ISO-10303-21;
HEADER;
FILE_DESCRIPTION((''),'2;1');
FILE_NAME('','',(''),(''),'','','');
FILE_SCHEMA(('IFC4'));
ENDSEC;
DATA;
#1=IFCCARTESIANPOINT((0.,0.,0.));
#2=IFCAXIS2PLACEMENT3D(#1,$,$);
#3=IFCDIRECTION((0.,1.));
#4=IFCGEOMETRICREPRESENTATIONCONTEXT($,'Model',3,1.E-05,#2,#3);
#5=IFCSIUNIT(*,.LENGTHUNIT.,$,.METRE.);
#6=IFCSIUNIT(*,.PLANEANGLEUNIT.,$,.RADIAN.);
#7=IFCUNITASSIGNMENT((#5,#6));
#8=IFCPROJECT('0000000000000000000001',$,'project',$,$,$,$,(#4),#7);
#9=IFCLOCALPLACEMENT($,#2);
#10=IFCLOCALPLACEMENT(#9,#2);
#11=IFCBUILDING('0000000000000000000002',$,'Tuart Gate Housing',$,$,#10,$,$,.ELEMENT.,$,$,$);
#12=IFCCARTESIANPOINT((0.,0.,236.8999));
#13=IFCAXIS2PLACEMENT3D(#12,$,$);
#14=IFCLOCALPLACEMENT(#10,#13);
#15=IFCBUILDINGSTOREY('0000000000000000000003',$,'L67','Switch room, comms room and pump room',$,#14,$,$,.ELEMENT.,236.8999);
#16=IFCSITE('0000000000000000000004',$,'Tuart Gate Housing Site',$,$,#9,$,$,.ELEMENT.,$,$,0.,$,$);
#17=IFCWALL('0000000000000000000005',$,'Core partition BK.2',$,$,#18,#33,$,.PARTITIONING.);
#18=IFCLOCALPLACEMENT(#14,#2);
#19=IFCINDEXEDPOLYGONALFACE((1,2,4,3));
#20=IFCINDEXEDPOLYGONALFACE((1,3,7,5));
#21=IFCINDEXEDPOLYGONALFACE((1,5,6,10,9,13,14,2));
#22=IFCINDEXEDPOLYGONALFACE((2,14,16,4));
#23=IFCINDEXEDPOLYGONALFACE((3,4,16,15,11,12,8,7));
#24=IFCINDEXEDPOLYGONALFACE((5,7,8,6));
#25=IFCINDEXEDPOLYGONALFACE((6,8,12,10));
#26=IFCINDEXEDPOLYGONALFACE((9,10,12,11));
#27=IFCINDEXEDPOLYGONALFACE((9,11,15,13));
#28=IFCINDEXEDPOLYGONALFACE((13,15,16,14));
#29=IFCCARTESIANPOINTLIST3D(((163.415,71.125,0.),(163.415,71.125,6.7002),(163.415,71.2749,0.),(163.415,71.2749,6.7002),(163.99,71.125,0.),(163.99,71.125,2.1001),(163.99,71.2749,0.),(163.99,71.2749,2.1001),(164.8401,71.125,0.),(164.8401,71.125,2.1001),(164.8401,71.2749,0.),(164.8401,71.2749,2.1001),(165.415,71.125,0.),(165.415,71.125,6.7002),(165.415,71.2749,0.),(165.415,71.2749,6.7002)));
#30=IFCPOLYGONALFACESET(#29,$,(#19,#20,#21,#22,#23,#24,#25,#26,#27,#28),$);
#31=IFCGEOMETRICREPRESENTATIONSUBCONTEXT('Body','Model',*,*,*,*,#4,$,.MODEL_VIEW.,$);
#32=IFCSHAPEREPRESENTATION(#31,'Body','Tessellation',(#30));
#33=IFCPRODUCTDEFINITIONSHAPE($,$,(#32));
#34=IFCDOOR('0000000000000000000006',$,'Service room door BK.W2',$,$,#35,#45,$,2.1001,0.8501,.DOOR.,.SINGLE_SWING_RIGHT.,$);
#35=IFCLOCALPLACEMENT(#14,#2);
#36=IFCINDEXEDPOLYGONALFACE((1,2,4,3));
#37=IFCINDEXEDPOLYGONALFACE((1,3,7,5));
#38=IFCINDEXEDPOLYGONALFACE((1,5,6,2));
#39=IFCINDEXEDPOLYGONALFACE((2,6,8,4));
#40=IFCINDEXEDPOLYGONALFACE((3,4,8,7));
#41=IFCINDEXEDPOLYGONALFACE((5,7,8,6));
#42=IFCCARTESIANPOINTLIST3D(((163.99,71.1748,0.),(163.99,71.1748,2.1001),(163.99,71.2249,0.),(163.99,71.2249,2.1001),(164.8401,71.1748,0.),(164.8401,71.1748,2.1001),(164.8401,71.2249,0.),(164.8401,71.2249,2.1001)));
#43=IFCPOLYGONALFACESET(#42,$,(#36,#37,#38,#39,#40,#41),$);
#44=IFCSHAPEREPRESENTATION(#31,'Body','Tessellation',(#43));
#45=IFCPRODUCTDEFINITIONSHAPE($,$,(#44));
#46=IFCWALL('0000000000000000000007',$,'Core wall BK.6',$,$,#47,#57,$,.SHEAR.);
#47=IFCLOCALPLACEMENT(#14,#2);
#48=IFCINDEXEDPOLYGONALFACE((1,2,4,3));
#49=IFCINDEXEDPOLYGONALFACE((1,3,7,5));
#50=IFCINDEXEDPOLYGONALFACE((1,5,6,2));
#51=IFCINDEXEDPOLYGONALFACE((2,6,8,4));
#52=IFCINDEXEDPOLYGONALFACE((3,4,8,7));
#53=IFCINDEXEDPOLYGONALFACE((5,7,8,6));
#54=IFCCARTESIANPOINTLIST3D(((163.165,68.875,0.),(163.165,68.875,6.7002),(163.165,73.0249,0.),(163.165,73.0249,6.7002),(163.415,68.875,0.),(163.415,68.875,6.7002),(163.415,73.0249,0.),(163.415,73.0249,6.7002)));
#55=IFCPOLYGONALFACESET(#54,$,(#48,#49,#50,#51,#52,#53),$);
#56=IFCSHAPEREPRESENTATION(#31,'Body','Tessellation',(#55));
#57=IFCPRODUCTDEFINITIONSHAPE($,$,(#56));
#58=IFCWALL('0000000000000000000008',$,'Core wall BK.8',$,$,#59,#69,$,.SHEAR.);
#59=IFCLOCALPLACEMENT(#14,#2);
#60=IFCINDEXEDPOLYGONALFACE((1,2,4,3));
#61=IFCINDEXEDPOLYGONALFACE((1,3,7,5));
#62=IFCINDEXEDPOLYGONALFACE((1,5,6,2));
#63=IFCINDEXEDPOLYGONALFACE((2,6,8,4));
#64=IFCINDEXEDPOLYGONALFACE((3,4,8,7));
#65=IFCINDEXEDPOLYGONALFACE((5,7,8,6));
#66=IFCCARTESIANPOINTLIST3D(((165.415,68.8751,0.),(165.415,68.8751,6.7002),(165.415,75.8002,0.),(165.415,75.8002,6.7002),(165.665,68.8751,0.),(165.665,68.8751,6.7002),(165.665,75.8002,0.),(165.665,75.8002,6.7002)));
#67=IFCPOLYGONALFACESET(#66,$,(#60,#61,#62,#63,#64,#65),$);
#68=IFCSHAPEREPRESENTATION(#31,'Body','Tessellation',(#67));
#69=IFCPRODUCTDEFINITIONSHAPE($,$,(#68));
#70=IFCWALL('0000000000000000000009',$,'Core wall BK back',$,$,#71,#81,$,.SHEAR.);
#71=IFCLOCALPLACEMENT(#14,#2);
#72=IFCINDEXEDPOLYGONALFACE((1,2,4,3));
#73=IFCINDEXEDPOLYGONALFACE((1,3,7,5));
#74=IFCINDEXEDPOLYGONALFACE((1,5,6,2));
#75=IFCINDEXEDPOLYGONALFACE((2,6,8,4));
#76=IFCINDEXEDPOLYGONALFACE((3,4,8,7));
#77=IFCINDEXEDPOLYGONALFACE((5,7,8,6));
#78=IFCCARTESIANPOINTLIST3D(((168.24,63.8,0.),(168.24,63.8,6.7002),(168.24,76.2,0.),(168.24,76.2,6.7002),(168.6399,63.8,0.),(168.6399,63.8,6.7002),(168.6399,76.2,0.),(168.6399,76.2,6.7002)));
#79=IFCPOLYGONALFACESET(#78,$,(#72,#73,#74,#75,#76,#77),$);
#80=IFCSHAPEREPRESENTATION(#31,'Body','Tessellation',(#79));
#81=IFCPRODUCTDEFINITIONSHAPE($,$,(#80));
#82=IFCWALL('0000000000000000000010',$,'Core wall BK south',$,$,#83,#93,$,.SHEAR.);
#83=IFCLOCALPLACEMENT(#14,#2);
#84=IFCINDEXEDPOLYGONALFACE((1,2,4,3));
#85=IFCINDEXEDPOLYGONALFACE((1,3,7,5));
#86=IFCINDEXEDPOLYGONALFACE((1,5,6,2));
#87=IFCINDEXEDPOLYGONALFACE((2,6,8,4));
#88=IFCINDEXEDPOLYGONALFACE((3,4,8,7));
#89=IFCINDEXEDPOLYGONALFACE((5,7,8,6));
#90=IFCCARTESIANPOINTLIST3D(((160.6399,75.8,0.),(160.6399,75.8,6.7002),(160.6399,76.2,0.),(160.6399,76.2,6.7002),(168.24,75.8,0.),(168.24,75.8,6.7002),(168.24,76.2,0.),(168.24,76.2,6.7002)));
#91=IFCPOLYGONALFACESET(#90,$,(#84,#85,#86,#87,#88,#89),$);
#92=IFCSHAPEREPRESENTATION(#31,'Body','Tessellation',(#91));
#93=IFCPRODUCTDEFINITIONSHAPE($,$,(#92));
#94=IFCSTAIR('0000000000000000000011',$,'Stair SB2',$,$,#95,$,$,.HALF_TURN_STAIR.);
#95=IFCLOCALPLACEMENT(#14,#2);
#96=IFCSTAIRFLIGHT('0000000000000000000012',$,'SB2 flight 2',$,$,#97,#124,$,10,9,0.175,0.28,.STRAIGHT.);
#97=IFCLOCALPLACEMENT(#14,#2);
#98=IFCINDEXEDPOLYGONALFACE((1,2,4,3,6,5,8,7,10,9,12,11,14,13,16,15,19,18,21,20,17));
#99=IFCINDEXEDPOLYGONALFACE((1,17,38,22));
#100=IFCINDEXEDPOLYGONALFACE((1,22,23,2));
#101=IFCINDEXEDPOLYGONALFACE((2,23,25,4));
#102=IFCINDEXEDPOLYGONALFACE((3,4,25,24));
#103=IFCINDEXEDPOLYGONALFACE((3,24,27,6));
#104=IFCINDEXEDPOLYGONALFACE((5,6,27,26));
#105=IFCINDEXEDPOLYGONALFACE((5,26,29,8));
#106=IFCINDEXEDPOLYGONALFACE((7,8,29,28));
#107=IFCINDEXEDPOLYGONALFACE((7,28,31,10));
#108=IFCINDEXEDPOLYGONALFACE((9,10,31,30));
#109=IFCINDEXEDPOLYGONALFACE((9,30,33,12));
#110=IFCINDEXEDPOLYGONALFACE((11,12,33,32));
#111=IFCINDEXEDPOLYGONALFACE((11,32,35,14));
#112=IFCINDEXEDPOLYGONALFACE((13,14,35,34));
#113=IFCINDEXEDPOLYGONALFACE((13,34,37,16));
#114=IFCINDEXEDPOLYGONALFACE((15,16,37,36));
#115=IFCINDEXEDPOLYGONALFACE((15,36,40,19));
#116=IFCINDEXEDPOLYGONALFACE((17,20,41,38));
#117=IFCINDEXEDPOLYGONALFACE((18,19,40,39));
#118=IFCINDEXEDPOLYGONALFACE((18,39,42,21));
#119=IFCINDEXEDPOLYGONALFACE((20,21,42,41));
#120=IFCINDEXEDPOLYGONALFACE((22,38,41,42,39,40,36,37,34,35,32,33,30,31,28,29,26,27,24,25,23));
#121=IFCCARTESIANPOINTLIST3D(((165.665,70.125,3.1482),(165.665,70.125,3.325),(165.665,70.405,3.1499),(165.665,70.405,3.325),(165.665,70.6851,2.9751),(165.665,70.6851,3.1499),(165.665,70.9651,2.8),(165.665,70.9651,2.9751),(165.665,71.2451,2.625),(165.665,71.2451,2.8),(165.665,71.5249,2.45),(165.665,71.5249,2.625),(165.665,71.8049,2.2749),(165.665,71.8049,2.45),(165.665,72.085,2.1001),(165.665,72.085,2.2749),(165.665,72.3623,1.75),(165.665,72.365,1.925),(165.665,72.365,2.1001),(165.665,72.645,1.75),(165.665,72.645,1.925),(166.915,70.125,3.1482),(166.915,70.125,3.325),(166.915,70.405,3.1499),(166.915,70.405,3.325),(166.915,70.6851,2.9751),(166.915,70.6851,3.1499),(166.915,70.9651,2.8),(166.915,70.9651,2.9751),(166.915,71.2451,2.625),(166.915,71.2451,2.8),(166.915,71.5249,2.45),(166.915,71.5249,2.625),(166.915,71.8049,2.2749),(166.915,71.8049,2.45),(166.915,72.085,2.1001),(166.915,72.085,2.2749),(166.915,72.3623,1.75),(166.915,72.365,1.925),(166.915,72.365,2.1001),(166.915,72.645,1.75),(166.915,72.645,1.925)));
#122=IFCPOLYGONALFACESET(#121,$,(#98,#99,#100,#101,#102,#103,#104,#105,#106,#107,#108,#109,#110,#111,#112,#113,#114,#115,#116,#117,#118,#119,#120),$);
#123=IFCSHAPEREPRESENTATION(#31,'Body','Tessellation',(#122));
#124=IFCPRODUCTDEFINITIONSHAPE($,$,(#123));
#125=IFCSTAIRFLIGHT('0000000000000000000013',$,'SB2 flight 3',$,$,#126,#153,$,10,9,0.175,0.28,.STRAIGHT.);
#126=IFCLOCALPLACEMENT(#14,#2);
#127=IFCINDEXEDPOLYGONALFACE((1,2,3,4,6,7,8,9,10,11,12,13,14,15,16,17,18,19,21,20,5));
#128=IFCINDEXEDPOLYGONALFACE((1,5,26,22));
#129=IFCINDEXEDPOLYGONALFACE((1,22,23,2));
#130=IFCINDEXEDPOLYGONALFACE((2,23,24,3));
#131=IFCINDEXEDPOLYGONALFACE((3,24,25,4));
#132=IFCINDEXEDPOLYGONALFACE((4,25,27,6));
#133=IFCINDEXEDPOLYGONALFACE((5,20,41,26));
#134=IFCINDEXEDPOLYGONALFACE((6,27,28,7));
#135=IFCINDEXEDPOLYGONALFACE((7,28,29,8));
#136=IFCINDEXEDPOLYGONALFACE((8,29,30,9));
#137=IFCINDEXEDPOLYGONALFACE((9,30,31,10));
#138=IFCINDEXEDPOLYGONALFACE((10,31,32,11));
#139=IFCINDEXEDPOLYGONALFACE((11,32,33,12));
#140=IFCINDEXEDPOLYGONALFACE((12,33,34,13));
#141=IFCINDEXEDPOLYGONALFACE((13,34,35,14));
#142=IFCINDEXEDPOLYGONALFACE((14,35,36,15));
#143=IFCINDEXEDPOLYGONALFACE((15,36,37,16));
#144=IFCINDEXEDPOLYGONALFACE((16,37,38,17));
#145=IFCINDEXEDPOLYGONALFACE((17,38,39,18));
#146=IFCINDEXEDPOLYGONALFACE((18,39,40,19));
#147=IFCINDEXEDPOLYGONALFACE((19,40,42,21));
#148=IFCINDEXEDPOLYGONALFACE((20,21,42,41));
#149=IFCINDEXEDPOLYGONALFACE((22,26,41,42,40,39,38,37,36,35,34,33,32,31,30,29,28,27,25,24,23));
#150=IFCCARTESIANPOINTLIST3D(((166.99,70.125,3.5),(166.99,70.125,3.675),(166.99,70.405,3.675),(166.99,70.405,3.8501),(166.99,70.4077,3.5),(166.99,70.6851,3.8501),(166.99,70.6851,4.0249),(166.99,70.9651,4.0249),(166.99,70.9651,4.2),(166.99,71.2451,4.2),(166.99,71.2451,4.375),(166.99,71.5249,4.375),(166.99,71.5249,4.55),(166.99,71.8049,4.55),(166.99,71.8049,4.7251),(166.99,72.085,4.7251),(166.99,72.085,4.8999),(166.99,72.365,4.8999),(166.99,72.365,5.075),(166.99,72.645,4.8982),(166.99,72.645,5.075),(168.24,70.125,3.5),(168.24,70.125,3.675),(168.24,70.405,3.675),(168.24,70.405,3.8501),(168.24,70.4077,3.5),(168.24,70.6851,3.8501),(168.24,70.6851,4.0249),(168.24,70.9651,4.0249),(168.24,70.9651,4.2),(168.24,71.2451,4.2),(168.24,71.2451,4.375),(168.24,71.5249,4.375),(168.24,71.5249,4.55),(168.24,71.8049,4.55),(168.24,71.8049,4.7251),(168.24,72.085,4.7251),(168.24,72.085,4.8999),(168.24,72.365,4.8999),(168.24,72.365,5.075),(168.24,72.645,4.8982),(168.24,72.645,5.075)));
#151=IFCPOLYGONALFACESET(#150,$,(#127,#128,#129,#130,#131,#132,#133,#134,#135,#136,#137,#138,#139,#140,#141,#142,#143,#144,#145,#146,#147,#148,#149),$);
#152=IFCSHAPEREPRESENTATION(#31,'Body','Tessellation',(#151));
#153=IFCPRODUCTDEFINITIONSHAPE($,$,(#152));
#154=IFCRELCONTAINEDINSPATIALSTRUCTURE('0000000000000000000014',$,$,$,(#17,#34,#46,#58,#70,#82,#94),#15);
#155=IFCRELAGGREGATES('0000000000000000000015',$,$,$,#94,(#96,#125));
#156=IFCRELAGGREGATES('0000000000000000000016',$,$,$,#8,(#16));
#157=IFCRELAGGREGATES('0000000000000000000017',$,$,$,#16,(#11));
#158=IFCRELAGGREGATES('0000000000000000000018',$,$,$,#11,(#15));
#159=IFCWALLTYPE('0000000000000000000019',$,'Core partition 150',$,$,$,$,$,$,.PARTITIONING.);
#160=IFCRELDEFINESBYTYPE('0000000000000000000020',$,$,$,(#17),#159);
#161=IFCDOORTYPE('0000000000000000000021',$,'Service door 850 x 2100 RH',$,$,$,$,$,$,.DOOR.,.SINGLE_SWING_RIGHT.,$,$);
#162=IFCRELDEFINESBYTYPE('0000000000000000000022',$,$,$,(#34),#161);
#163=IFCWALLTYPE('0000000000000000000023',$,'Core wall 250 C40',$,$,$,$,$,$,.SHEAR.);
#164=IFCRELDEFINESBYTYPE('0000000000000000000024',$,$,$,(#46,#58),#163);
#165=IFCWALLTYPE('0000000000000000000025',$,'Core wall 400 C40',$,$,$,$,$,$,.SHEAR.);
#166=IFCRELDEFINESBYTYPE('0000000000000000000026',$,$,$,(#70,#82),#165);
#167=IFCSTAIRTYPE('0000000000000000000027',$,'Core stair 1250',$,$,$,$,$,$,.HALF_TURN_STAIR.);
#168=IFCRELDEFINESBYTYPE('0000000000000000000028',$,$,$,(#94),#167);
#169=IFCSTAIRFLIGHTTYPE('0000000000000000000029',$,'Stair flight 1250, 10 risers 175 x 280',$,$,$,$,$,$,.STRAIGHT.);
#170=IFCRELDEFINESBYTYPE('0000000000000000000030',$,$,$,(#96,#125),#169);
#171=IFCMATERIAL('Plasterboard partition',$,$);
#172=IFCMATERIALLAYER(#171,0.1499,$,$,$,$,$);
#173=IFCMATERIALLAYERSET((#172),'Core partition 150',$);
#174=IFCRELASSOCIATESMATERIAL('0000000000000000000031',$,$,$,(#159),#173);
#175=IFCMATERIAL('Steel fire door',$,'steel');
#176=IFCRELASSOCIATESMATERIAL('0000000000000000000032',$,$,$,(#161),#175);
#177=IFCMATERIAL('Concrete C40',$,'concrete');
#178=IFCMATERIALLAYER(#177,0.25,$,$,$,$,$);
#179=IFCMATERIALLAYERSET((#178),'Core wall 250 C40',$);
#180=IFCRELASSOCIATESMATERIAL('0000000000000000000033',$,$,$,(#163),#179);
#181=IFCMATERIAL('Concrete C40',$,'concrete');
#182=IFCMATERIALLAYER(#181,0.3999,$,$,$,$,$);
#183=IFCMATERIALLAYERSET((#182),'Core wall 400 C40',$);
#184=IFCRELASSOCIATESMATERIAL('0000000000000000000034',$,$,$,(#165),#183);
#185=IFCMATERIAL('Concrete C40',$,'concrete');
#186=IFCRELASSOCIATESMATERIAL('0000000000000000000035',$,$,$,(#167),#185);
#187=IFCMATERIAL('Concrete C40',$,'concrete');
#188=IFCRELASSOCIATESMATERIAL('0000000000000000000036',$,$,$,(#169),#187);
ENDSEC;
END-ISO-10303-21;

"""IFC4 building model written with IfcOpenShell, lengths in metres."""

from ifc_helpers import new_model, si_unit, direction, frame, frame_2d, origin, place, context, subcontext, project, spatial, polyline, rectangle, outline, extrude, material, layer, layer_set, type_object, element, fill, aggregate, save


model = new_model("IFC4")

# Units and contexts
model_context = context("Model", 3, precision=1e-05, world=origin(), true_north=direction((0.0, 1.0)))
body_context = subcontext(model_context, "Body", "Model", "MODEL_VIEW")
ifc_project = project(units=[si_unit("LENGTHUNIT", "METRE"), si_unit("PLANEANGLEUNIT", "RADIAN")], contexts=[model_context])

# Site, building, storey
site_placement = place(None, origin())
site = spatial("IfcSite", under=ifc_project, at=site_placement, Name="Tuart Gate Housing Site", CompositionType="ELEMENT", RefElevation=0.0)
building_placement = place(site_placement, origin())
building = spatial("IfcBuilding", under=site, at=building_placement, Name="Tuart Gate Housing", CompositionType="ELEMENT")
storey_placement = place(building_placement, frame((0.0, 0.0, 236.8999)))
storey = spatial("IfcBuildingStorey", under=building, at=storey_placement, Name="L67", Description="Switch room, comms room and pump room", CompositionType="ELEMENT", Elevation=236.8999)

# Wall, opening, door
ifc_material_1 = material(Name="Plasterboard partition")
ifc_layer_1 = layer(ifc_material_1, 0.1499)
ifc_layer_set_1 = layer_set([ifc_layer_1], Name="Core partition 150")
wall_type_1 = type_object("IfcWallType", Name="Core partition 150", PredefinedType="PARTITIONING", material=ifc_layer_set_1)
wall_1_placement = place(storey_placement, frame((163.415, 71.2, 0.0), z_axis=(0.0, 0.0, 1.0), x_axis=(1.0, 0.0, 0.0)))
wall_1 = element("IfcWall", 1, at=wall_1_placement, inside=storey, type_object=wall_type_1, Name="Core partition BK.2", PredefinedType="PARTITIONING", context=body_context, shape_type="SweptSolid", body=[
    extrude(rectangle(XDim=2.0, YDim=0.1499, at=frame_2d((1.0, 0.0))), origin(), (0.0, 0.0, 1.0), 6.7002),
])
opening_placement = place(wall_1_placement, frame((0.575, 0.0, 0.0)))
opening = element("IfcOpeningElement", 2, at=opening_placement, cuts=wall_1, PredefinedType="OPENING", context=body_context, shape_type="SweptSolid", body=[
    extrude(rectangle(XDim=0.8501, YDim=2.1001, at=frame_2d((0.425, 1.05))), frame((0.0, 0.085, 0.0), z_axis=(0.0, -1.0, 0.0), x_axis=(1.0, 0.0, 0.0)), (0.0, 0.0, 1.0), 0.1699),
])
ifc_material_2 = material(Name="Steel fire door", Category="steel")
door_type = type_object("IfcDoorType", Name="Service door 850 x 2100 RH", OperationType="SINGLE_SWING_RIGHT", PredefinedType="DOOR", material=ifc_material_2)
door_placement = place(opening_placement, frame((0.8501, 0.0, 0.0), z_axis=(0.0, 0.0, 1.0), x_axis=(-1.0, 0.0, 0.0)))
door = element("IfcDoor", 3, at=door_placement, inside=storey, type_object=door_type, Name="Service room door BK.W2", OperationType="SINGLE_SWING_RIGHT", OverallHeight=2.1001, OverallWidth=0.8501, PredefinedType="DOOR", context=body_context, shape_type="SweptSolid", body=[
    extrude(rectangle(XDim=0.8501, YDim=2.1001, at=frame_2d((0.425, 1.05))), frame((0.0, 0.0251, 0.0), z_axis=(0.0, -1.0, 0.0), x_axis=(1.0, 0.0, 0.0)), (0.0, 0.0, 1.0), 0.05),
])
fill(opening, door)

# Walls
ifc_material_3 = material(Name="Concrete C40", Category="concrete")
ifc_layer_2 = layer(ifc_material_3, 0.25)
ifc_layer_set_2 = layer_set([ifc_layer_2], Name="Core wall 250 C40")
wall_type_2 = type_object("IfcWallType", Name="Core wall 250 C40", PredefinedType="SHEAR", material=ifc_layer_set_2)
wall_2_placement = place(storey_placement, frame((163.29, 73.0249, 0.0), z_axis=(0.0, 0.0, 1.0), x_axis=(0.0, -1.0, 0.0)))
element("IfcWall", 4, at=wall_2_placement, inside=storey, type_object=wall_type_2, Name="Core wall BK.6", PredefinedType="SHEAR", context=body_context, shape_type="SweptSolid", body=[
    extrude(rectangle(XDim=4.1499, YDim=0.25, at=frame_2d((2.075, 0.0))), origin(), (0.0, 0.0, 1.0), 6.7002),
])
wall_3_placement = place(storey_placement, frame((165.54, 75.8, 0.0), z_axis=(0.0, 0.0, 1.0), x_axis=(0.0, -1.0, 0.0)))
element("IfcWall", 5, at=wall_3_placement, inside=storey, type_object=wall_type_2, Name="Core wall BK.8", PredefinedType="SHEAR", context=body_context, shape_type="SweptSolid", body=[
    extrude(rectangle(XDim=6.925, YDim=0.25, at=frame_2d((3.4624, 0.0))), origin(), (0.0, 0.0, 1.0), 6.7002),
])
ifc_material_4 = material(Name="Concrete C40", Category="concrete")
ifc_layer_3 = layer(ifc_material_4, 0.3999)
ifc_layer_set_3 = layer_set([ifc_layer_3], Name="Core wall 400 C40")
wall_type_3 = type_object("IfcWallType", Name="Core wall 400 C40", PredefinedType="SHEAR", material=ifc_layer_set_3)
wall_4_placement = place(storey_placement, frame((168.4399, 76.2, 0.0), z_axis=(0.0, 0.0, 1.0), x_axis=(0.0, -1.0, 0.0)))
element("IfcWall", 6, at=wall_4_placement, inside=storey, type_object=wall_type_3, Name="Core wall BK back", PredefinedType="SHEAR", context=body_context, shape_type="SweptSolid", body=[
    extrude(rectangle(XDim=12.3999, YDim=0.3999, at=frame_2d((6.2, 0.0))), origin(), (0.0, 0.0, 1.0), 6.7002),
])
wall_5_placement = place(storey_placement, frame((160.6399, 76.0, 0.0), z_axis=(0.0, 0.0, 1.0), x_axis=(1.0, 0.0, 0.0)))
element("IfcWall", 7, at=wall_5_placement, inside=storey, type_object=wall_type_3, Name="Core wall BK south", PredefinedType="SHEAR", context=body_context, shape_type="SweptSolid", body=[
    extrude(rectangle(XDim=7.6001, YDim=0.3999, at=frame_2d((3.8, 0.0))), origin(), (0.0, 0.0, 1.0), 6.7002),
])

# Stair, stair flights
ifc_material_5 = material(Name="Concrete C40", Category="concrete")
stair_type = type_object("IfcStairType", Name="Core stair 1250", PredefinedType="HALF_TURN_STAIR", material=ifc_material_5)
stair_placement = place(storey_placement, origin())
stair = element("IfcStair", 8, at=stair_placement, inside=storey, type_object=stair_type, Name="Stair SB2", PredefinedType="HALF_TURN_STAIR")
ifc_material_6 = material(Name="Concrete C40", Category="concrete")
stair_flight_type = type_object("IfcStairFlightType", Name="Stair flight 1250, 10 risers 175 x 280", PredefinedType="STRAIGHT", material=ifc_material_6)
stair_flight_1_placement = place(storey_placement, frame((166.29, 72.645, 1.75), z_axis=(0.0, 0.0, 1.0), x_axis=(0.0, -1.0, 0.0)))
stair_flight_1 = element("IfcStairFlight", 9, at=stair_flight_1_placement, type_object=stair_flight_type, Name="SB2 flight 2", NumberOfRisers=10, NumberOfTreads=9, PredefinedType="STRAIGHT", RiserHeight=0.175, TreadLength=0.28, context=body_context, shape_type="SweptSolid", body=[
    extrude(outline(polyline([(0.0, 0.0), (0.0, 0.175), (0.28, 0.175), (0.28, 0.3501), (0.5601, 0.3501), (0.5601, 0.5249), (0.8401, 0.5249), (0.8401, 0.7), (1.1201, 0.7), (1.1201, 0.875), (1.3999, 0.875), (1.3999, 1.05), (1.6799, 1.05), (1.6799, 1.2251), (1.96, 1.2251), (1.96, 1.3999), (2.24, 1.3999), (2.24, 1.575), (2.52, 1.575), (2.52, 1.75), (2.52, 1.3982), (0.2827, 0.0), (0.0, 0.0)])), frame((0.0, 0.625, 0.0), z_axis=(0.0, -1.0, 0.0), x_axis=(1.0, 0.0, 0.0)), (0.0, 0.0, 1.0), 1.25),
])
stair_flight_2_placement = place(storey_placement, frame((167.615, 70.125, 3.5), z_axis=(0.0, 0.0, 1.0), x_axis=(0.0, 1.0, 0.0)))
stair_flight_2 = element("IfcStairFlight", 10, at=stair_flight_2_placement, type_object=stair_flight_type, Name="SB2 flight 3", NumberOfRisers=10, NumberOfTreads=9, PredefinedType="STRAIGHT", RiserHeight=0.175, TreadLength=0.28, context=body_context, shape_type="SweptSolid", body=[
    extrude(outline(polyline([(0.0, 0.0), (0.0, 0.175), (0.28, 0.175), (0.28, 0.3501), (0.5601, 0.3501), (0.5601, 0.5249), (0.8401, 0.5249), (0.8401, 0.7), (1.1201, 0.7), (1.1201, 0.875), (1.3999, 0.875), (1.3999, 1.05), (1.6799, 1.05), (1.6799, 1.2251), (1.96, 1.2251), (1.96, 1.3999), (2.24, 1.3999), (2.24, 1.575), (2.52, 1.575), (2.52, 1.75), (2.52, 1.3982), (0.2827, 0.0), (0.0, 0.0)])), frame((0.0, 0.625, 0.0), z_axis=(0.0, -1.0, 0.0), x_axis=(1.0, 0.0, 0.0)), (0.0, 0.0, 1.0), 1.25),
])
aggregate(stair, [stair_flight_1, stair_flight_2])

save(model, "model.ifc")
